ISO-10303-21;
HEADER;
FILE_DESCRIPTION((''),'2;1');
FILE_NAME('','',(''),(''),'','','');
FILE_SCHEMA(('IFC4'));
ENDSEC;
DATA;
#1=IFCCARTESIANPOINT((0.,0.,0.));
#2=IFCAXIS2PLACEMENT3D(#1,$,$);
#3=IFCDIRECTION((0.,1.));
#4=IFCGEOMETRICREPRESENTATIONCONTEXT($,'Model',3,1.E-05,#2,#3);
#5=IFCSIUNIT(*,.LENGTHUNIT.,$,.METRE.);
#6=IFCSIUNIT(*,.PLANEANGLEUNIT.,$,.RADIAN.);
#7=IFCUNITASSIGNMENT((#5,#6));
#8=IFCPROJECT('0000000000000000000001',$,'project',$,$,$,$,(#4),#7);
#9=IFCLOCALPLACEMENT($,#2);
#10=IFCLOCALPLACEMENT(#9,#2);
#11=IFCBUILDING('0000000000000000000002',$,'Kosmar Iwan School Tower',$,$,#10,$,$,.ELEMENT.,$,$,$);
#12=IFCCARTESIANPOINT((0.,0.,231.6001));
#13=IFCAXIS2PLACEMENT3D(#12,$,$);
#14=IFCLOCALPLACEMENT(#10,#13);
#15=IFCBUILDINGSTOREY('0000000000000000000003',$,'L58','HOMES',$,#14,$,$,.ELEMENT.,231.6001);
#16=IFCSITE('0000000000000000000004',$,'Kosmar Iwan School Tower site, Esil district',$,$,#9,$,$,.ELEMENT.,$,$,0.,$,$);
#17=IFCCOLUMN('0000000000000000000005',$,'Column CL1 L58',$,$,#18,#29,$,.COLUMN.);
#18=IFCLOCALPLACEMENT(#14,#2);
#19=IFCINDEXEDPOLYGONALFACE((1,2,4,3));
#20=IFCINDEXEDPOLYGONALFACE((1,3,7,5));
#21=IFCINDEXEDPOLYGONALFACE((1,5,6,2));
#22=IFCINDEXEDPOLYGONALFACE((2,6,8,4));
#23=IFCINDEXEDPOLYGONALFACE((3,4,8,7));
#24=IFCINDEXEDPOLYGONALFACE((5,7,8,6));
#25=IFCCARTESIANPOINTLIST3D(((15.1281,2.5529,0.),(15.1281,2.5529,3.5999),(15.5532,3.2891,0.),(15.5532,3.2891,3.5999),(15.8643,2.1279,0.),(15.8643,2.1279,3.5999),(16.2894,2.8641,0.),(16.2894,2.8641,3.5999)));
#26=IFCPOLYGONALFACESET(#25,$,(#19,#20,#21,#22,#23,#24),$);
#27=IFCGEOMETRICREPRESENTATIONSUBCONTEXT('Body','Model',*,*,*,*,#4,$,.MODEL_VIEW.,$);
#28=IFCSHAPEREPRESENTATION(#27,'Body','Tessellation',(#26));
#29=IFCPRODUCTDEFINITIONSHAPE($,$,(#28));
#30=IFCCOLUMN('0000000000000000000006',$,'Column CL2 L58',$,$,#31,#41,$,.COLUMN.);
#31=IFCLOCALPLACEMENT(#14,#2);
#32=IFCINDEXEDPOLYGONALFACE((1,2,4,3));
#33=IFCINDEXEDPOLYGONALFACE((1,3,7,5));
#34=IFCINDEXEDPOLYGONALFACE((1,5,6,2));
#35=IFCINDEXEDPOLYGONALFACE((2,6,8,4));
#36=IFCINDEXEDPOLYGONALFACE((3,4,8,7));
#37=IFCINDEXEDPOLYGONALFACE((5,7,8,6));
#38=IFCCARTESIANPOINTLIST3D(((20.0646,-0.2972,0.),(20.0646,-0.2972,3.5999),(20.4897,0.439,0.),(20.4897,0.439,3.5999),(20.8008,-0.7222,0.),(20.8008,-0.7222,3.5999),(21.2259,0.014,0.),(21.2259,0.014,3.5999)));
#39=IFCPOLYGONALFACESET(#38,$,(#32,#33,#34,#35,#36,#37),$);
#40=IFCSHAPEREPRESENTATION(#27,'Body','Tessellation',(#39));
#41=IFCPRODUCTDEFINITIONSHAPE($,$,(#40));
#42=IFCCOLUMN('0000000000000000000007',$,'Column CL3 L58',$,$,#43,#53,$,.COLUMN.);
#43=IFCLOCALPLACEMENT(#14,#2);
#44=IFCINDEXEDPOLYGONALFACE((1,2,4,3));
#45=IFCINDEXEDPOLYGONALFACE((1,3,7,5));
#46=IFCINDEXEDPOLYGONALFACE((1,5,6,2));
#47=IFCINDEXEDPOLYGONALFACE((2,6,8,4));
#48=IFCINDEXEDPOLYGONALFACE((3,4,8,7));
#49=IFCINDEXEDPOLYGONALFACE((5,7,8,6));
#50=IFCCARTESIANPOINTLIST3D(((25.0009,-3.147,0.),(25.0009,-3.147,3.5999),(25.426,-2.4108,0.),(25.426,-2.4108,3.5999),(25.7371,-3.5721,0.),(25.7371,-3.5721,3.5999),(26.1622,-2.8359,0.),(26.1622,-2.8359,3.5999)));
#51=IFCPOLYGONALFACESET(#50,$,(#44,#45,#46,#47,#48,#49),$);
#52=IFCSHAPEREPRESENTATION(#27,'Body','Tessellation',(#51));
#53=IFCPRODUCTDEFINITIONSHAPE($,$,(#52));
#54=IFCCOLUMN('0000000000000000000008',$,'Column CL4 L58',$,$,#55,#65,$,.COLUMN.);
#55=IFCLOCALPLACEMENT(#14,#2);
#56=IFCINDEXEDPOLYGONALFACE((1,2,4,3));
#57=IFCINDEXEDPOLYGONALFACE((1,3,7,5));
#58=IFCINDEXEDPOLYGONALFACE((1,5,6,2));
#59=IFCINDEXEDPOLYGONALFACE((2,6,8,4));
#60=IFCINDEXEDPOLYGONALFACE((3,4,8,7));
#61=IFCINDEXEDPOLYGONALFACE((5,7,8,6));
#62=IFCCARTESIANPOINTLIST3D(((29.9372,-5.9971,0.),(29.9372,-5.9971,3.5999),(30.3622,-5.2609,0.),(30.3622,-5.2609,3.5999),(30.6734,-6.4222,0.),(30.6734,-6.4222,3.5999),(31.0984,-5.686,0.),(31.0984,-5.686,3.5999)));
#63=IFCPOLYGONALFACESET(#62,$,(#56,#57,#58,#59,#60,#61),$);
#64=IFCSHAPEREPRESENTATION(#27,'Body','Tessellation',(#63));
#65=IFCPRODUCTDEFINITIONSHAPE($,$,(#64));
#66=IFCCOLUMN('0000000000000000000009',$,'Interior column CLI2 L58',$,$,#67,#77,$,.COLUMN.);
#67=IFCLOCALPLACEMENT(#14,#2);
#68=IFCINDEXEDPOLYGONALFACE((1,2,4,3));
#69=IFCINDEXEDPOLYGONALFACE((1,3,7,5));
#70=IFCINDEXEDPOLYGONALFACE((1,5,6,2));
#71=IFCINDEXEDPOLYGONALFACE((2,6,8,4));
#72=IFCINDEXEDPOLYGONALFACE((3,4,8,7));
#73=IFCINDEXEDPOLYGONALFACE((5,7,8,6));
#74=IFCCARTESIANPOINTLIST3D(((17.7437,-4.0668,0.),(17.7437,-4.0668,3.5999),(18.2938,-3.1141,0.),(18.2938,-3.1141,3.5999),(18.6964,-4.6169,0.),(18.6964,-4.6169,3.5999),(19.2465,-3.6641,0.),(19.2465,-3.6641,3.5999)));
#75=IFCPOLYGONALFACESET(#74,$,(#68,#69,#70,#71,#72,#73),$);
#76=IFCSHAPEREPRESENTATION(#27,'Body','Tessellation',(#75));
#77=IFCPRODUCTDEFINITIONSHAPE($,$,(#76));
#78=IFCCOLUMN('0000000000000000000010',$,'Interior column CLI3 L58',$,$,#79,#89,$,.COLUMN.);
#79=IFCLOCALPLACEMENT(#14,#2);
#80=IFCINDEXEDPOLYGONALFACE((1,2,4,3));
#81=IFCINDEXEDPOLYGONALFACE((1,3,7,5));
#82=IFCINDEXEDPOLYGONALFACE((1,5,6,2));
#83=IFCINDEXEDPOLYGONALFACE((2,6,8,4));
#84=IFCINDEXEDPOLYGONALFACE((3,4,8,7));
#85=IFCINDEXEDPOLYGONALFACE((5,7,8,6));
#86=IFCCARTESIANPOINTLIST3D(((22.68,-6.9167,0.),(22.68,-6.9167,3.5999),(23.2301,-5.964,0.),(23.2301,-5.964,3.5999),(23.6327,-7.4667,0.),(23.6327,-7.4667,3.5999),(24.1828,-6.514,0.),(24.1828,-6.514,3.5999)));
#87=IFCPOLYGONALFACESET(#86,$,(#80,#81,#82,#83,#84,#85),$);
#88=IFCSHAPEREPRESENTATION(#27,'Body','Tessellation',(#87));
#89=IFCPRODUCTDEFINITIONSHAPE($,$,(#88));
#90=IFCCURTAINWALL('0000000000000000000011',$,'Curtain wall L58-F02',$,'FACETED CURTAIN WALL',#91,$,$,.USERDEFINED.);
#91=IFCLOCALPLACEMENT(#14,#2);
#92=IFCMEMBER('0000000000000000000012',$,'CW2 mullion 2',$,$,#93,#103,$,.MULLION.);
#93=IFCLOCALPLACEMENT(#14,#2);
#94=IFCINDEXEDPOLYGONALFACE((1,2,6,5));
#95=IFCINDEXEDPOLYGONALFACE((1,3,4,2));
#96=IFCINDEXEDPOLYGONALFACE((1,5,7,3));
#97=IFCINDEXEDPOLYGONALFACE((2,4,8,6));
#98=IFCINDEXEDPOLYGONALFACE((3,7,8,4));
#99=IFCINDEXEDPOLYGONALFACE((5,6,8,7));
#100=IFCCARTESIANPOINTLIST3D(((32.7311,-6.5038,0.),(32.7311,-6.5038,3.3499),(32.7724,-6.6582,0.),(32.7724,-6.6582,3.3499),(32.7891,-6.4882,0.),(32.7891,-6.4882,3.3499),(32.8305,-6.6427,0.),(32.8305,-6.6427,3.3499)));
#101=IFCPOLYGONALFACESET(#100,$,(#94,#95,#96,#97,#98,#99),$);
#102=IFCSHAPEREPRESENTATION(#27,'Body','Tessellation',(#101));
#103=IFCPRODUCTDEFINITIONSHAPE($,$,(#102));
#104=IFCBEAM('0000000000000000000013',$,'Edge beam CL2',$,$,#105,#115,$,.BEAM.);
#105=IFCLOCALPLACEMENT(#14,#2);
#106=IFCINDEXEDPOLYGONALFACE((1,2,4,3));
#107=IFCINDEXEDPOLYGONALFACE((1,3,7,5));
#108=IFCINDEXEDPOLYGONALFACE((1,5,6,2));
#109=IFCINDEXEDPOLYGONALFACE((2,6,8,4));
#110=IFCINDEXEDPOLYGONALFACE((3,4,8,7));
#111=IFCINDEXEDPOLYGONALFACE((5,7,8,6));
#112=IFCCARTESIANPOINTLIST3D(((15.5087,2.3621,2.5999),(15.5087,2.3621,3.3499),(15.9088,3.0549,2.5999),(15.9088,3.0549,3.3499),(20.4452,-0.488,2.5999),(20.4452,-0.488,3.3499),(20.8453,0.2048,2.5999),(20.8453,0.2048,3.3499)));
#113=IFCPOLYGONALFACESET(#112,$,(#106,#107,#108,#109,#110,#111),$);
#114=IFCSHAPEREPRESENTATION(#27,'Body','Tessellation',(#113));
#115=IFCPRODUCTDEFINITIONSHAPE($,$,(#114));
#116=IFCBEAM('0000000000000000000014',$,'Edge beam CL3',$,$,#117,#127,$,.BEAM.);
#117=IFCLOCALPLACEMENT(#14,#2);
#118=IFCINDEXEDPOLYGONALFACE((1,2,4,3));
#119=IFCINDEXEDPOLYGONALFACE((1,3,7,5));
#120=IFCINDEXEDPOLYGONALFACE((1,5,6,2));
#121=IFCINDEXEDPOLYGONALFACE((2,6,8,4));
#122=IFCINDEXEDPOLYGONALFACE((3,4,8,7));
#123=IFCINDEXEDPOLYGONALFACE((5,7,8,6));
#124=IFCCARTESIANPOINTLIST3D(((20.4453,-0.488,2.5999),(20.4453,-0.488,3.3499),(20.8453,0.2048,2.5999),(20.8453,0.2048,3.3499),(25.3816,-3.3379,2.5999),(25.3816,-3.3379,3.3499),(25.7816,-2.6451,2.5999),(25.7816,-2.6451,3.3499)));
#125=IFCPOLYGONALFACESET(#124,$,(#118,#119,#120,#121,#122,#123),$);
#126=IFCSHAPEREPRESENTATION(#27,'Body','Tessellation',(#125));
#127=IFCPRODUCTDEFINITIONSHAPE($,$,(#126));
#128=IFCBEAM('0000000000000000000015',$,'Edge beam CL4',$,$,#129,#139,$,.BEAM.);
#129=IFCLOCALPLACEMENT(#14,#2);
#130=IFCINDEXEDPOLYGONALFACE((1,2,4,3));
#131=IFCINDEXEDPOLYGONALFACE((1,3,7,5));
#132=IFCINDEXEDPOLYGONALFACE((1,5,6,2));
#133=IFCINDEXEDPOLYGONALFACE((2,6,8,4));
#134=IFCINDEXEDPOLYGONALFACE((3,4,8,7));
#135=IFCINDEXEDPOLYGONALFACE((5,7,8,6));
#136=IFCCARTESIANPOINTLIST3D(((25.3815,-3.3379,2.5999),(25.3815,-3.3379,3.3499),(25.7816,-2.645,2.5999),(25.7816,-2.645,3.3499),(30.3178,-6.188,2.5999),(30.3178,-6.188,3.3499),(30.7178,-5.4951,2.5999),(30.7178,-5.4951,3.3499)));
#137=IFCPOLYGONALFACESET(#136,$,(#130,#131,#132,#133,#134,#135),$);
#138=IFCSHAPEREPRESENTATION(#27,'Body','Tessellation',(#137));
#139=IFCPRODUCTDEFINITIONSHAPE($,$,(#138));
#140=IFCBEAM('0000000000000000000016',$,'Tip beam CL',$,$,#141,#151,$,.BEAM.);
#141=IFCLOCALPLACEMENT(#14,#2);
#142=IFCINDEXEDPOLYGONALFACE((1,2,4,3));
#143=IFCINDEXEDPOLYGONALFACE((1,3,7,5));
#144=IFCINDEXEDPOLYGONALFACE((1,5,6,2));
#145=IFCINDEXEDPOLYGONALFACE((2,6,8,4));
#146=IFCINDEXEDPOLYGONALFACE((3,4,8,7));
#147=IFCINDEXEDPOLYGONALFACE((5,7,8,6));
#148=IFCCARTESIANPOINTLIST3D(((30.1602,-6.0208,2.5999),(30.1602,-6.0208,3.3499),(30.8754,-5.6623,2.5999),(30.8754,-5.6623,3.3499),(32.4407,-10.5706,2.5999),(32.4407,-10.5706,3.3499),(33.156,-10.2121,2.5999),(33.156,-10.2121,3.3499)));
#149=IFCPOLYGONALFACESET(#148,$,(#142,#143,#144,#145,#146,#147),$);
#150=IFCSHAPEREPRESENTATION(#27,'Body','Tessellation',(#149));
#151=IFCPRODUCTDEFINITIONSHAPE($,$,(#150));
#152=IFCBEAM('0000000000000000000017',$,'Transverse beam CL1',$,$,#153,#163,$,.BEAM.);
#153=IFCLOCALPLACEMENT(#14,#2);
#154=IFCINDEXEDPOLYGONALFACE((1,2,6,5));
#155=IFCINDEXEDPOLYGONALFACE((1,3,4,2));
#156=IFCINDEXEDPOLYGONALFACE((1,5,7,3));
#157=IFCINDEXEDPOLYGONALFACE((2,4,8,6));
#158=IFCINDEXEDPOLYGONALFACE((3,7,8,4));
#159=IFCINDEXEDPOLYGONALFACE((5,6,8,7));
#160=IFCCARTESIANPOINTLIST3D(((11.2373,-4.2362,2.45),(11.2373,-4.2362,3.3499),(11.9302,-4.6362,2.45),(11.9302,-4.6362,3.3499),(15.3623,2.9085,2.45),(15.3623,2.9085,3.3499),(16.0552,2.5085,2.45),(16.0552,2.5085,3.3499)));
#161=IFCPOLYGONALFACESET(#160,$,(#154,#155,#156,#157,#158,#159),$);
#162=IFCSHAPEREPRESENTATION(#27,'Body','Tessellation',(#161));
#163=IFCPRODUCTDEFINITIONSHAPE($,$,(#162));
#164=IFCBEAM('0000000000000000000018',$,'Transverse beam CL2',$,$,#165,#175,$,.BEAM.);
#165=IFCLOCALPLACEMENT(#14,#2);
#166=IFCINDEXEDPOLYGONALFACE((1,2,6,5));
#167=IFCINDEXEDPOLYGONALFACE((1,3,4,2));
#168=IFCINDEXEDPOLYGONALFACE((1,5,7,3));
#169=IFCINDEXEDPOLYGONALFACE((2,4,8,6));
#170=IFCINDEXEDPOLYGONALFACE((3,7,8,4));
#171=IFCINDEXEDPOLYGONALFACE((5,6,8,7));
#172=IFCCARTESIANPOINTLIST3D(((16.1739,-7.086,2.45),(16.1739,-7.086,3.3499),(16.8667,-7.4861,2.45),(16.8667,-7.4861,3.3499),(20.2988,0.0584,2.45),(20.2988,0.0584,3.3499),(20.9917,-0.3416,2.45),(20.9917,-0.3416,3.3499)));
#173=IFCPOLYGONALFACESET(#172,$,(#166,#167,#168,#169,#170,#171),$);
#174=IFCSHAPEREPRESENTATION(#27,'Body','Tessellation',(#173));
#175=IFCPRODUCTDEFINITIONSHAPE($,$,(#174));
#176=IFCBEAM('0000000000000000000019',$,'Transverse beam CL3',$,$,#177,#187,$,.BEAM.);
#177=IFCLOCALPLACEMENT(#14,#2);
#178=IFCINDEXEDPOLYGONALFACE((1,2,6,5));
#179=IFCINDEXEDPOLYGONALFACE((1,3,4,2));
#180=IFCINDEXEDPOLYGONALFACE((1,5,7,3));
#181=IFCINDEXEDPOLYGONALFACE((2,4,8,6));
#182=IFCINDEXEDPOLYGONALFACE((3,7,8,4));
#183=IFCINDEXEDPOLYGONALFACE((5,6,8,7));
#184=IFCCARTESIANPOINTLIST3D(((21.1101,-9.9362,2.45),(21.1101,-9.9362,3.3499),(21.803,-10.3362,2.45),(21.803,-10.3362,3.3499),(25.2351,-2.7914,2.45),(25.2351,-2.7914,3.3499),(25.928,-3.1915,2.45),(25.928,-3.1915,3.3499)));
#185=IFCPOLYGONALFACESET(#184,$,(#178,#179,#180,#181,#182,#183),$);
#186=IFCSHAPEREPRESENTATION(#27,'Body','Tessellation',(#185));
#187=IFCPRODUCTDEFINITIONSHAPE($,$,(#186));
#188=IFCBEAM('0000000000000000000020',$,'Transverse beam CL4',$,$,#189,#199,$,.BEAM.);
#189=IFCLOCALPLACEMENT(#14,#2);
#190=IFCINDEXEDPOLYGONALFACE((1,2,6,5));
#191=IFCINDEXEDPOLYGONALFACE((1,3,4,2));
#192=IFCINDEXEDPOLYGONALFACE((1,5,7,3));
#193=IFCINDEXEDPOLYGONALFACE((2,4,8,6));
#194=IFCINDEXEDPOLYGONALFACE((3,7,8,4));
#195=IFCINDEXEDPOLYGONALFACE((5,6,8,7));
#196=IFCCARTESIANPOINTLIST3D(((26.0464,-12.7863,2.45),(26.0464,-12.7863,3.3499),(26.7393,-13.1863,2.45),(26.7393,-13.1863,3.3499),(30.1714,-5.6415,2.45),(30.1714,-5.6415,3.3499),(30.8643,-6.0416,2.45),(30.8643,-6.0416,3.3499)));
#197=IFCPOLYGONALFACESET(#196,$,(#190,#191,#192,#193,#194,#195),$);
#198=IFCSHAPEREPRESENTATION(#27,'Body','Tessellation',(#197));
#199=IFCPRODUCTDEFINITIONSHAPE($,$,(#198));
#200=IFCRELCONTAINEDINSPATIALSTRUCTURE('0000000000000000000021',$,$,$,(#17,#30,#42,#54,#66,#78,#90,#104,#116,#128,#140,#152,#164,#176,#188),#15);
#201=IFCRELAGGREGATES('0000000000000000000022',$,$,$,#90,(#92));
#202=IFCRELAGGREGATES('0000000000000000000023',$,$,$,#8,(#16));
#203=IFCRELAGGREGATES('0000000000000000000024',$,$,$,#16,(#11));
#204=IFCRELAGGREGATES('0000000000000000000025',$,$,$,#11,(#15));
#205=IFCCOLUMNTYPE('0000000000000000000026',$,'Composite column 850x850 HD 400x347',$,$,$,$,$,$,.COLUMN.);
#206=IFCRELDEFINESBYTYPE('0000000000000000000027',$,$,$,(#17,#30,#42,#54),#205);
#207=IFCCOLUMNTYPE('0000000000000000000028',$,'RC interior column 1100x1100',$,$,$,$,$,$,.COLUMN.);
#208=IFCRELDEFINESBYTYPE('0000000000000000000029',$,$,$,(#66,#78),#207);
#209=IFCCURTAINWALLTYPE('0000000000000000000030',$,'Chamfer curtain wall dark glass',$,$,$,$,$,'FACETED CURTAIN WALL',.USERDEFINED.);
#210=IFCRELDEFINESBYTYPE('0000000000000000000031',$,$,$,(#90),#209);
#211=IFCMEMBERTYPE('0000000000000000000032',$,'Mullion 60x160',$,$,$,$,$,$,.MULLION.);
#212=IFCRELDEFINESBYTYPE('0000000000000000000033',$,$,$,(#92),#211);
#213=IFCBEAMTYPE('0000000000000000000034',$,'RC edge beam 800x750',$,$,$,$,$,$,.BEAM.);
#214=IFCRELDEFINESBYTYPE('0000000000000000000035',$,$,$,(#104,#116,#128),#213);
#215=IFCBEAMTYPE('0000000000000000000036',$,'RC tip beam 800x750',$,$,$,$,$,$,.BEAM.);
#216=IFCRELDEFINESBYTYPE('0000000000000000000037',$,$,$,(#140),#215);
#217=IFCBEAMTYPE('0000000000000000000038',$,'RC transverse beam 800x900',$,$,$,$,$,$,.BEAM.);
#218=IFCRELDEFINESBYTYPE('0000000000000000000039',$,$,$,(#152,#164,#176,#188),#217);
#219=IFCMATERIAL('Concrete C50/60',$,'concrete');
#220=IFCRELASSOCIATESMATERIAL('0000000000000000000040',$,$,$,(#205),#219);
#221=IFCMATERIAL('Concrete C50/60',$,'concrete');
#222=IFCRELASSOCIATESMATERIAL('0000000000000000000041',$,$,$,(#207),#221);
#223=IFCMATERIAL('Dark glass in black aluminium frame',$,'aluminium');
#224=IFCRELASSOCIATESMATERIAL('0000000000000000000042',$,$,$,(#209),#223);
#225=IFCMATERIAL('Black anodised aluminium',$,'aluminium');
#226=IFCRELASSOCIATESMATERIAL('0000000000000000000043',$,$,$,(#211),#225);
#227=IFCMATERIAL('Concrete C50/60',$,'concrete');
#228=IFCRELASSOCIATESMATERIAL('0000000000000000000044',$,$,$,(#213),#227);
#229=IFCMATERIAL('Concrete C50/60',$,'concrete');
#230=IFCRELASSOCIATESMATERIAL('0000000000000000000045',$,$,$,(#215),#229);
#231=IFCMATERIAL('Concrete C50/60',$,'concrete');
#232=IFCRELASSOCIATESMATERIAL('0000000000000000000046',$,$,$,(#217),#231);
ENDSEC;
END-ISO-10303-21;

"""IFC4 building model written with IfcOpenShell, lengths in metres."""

from ifc_helpers import new_model, si_unit, direction, frame, origin, origin_2d, place, context, subcontext, project, spatial, rectangle, extrude, material, material_profile, profile_set, type_object, element, aggregate, save


model = new_model("IFC4")

# Units and contexts
model_context = context("Model", 3, precision=1e-05, world=origin(), true_north=direction((0.0, 1.0)))
body_context = subcontext(model_context, "Body", "Model", "MODEL_VIEW")
ifc_project = project(units=[si_unit("LENGTHUNIT", "METRE"), si_unit("PLANEANGLEUNIT", "RADIAN")], contexts=[model_context])

# Site, building, storey
site_placement = place(None, origin())
site = spatial("IfcSite", under=ifc_project, at=site_placement, Name="Kosmar Iwan School Tower site, Esil district", CompositionType="ELEMENT", RefElevation=0.0)
building_placement = place(site_placement, origin())
building = spatial("IfcBuilding", under=site, at=building_placement, Name="Kosmar Iwan School Tower", CompositionType="ELEMENT")
storey_placement = place(building_placement, frame((0.0, 0.0, 231.6001)))
storey = spatial("IfcBuildingStorey", under=building, at=storey_placement, Name="L58", Description="HOMES", CompositionType="ELEMENT", Elevation=231.6001)

# Columns
ifc_material_1 = material(Name="Concrete C50/60", Category="concrete")
ifc_material_profile_1 = material_profile(ifc_material_1, rectangle(XDim=0.8501, YDim=0.8501, at=origin_2d()), Name="RC 850x850 + HD 400x347")
ifc_profile_set_1 = profile_set([ifc_material_profile_1], Name="Concrete C50/60")
column_type_1 = type_object("IfcColumnType", Name="Composite column 850x850 HD 400x347", PredefinedType="COLUMN", material=ifc_profile_set_1)
for number, where, z_axis, x_axis, name in (
    (1, (15.7087, 2.7085, 0.0), (0.0, 0.0, 1.0), (0.866025, -0.5, 0.0), "Column CL1 L58"),
    (2, (20.6453, -0.1416, 0.0), (0.0, 0.0, 1.0), (0.866025, -0.5, 0.0), "Column CL2 L58"),
    (3, (25.5815, -2.9915, 0.0), (0.0, 0.0, 1.0), (0.866025, -0.5, 0.0), "Column CL3 L58"),
    (4, (30.5178, -5.8416, 0.0), (0.0, 0.0, 1.0), (0.866025, -0.5, 0.0), "Column CL4 L58"),
):
    element("IfcColumn", number, at=place(storey_placement, frame(where, z_axis=z_axis, x_axis=x_axis)), inside=storey, type_object=column_type_1, Name=name, PredefinedType="COLUMN", context=body_context, shape_type="SweptSolid", body=[
        extrude(rectangle(XDim=0.8501, YDim=0.8501, at=origin_2d()), origin(), (0.0, 0.0, 1.0), 3.5999),
    ])
ifc_material_2 = material(Name="Concrete C50/60", Category="concrete")
ifc_material_profile_2 = material_profile(ifc_material_2, rectangle(XDim=1.1001, YDim=1.1001, at=origin_2d()), Name="RC 1100x1100")
ifc_profile_set_2 = profile_set([ifc_material_profile_2], Name="Concrete C50/60")
column_type_2 = type_object("IfcColumnType", Name="RC interior column 1100x1100", PredefinedType="COLUMN", material=ifc_profile_set_2)
for number, where, z_axis, x_axis, name in (
    (5, (18.4951, -3.8655, 0.0), (0.0, 0.0, 1.0), (0.866025, -0.5, 0.0), "Interior column CLI2 L58"),
    (6, (23.4314, -6.7153, 0.0), (0.0, 0.0, 1.0), (0.866025, -0.5, 0.0), "Interior column CLI3 L58"),
):
    element("IfcColumn", number, at=place(storey_placement, frame(where, z_axis=z_axis, x_axis=x_axis)), inside=storey, type_object=column_type_2, Name=name, PredefinedType="COLUMN", context=body_context, shape_type="SweptSolid", body=[
        extrude(rectangle(XDim=1.1001, YDim=1.1001, at=origin_2d()), origin(), (0.0, 0.0, 1.0), 3.5999),
    ])

# Curtain wall, member
ifc_material_3 = material(Name="Dark glass in black aluminium frame", Category="aluminium")
curtain_wall_type = type_object("IfcCurtainWallType", Name="Chamfer curtain wall dark glass", ElementType="FACETED CURTAIN WALL", PredefinedType="USERDEFINED", material=ifc_material_3)
curtain_wall_placement = place(storey_placement, origin())
curtain_wall = element("IfcCurtainWall", 7, at=curtain_wall_placement, inside=storey, type_object=curtain_wall_type, Name="Curtain wall L58-F02", ObjectType="FACETED CURTAIN WALL", PredefinedType="USERDEFINED")
ifc_material_4 = material(Name="Black anodised aluminium", Category="aluminium")
ifc_material_profile_3 = material_profile(ifc_material_4, rectangle(XDim=0.0601, YDim=0.1599, at=origin_2d()), Name="MULLION 60x160")
ifc_profile_set_3 = profile_set([ifc_material_profile_3], Name="Black anodised aluminium")
member_type = type_object("IfcMemberType", Name="Mullion 60x160", PredefinedType="MULLION", material=ifc_profile_set_3)
member_placement = place(storey_placement, frame((32.7808, -6.5732, 0.0), z_axis=(0.0, 0.0, 1.0), x_axis=(-0.965926, -0.258819, 0.0)))
member = element("IfcMember", 8, at=member_placement, type_object=member_type, Name="CW2 mullion 2", PredefinedType="MULLION", context=body_context, shape_type="SweptSolid", body=[
    extrude(rectangle(XDim=0.0601, YDim=0.1599, at=origin_2d()), origin(), (0.0, 0.0, 1.0), 3.3499),
])

# Beams
ifc_material_5 = material(Name="Concrete C50/60", Category="concrete")
ifc_material_profile_4 = material_profile(ifc_material_5, rectangle(XDim=0.8, YDim=0.75, at=origin_2d()), Name="RC 800x750")
ifc_profile_set_4 = profile_set([ifc_material_profile_4], Name="Concrete C50/60")
beam_type_1 = type_object("IfcBeamType", Name="RC edge beam 800x750", PredefinedType="BEAM", material=ifc_profile_set_4)
beam_1_placement = place(storey_placement, frame((15.7087, 2.7085, 2.9749), z_axis=(0.866026, -0.499999, 0.0), x_axis=(0.499999, 0.866026, 0.0)))
element("IfcBeam", 9, at=beam_1_placement, inside=storey, type_object=beam_type_1, Name="Edge beam CL2", PredefinedType="BEAM", context=body_context, shape_type="SweptSolid", body=[
    extrude(rectangle(XDim=0.8, YDim=0.75, at=origin_2d()), origin(), (0.0, 0.0, 1.0), 5.7002),
])
for number, where, z_axis, x_axis, name in (
    (10, (20.6453, -0.1416, 2.9749), (0.866034, -0.499986, 0.0), (0.499986, 0.866034, 0.0), "Edge beam CL3"),
    (11, (25.5815, -2.9915, 2.9749), (0.866015, -0.500018, 0.0), (0.500018, 0.866015, 0.0), "Edge beam CL4"),
):
    element("IfcBeam", number, at=place(storey_placement, frame(where, z_axis=z_axis, x_axis=x_axis)), inside=storey, type_object=beam_type_1, Name=name, PredefinedType="BEAM", context=body_context, shape_type="SweptSolid", body=[
        extrude(rectangle(XDim=0.8, YDim=0.75, at=origin_2d()), origin(), (0.0, 0.0, 1.0), 5.7),
    ])
ifc_material_6 = material(Name="Concrete C50/60", Category="concrete")
ifc_material_profile_5 = material_profile(ifc_material_6, rectangle(XDim=0.8, YDim=0.75, at=origin_2d()), Name="RC 800x750")
ifc_profile_set_5 = profile_set([ifc_material_profile_5], Name="Concrete C50/60")
beam_type_2 = type_object("IfcBeamType", Name="RC tip beam 800x750", PredefinedType="BEAM", material=ifc_profile_set_5)
beam_2_placement = place(storey_placement, frame((30.5178, -5.8416, 2.9749), z_axis=(0.448096, -0.893985, 0.0), x_axis=(0.893985, 0.448096, 0.0)))
element("IfcBeam", 12, at=beam_2_placement, inside=storey, type_object=beam_type_2, Name="Tip beam CL", PredefinedType="BEAM", context=body_context, shape_type="SweptSolid", body=[
    extrude(rectangle(XDim=0.8, YDim=0.75, at=origin_2d()), origin(), (0.0, 0.0, 1.0), 5.0894),
])
ifc_material_7 = material(Name="Concrete C50/60", Category="concrete")
ifc_material_profile_6 = material_profile(ifc_material_7, rectangle(XDim=0.8, YDim=0.8999, at=origin_2d()), Name="RC 800x900")
ifc_profile_set_6 = profile_set([ifc_material_profile_6], Name="Concrete C50/60")
beam_type_3 = type_object("IfcBeamType", Name="RC transverse beam 800x900", PredefinedType="BEAM", material=ifc_profile_set_6)
beam_3_placement = place(storey_placement, frame((15.7087, 2.7085, 2.8999), z_axis=(-0.499997, -0.866027, 0.0), x_axis=(0.866027, -0.499997, 0.0)))
element("IfcBeam", 13, at=beam_3_placement, inside=storey, type_object=beam_type_3, Name="Transverse beam CL1", PredefinedType="BEAM", context=body_context, shape_type="SweptSolid", body=[
    extrude(rectangle(XDim=0.8, YDim=0.8999, at=origin_2d()), origin(), (0.0, 0.0, 1.0), 8.25),
])
beam_4_placement = place(storey_placement, frame((20.6453, -0.1416, 2.8999), z_axis=(-0.500009, -0.86602, 0.0), x_axis=(0.86602, -0.500009, 0.0)))
element("IfcBeam", 14, at=beam_4_placement, inside=storey, type_object=beam_type_3, Name="Transverse beam CL2", PredefinedType="BEAM", context=body_context, shape_type="SweptSolid", body=[
    extrude(rectangle(XDim=0.8, YDim=0.8999, at=origin_2d()), origin(), (0.0, 0.0, 1.0), 8.2498),
])
for number, where, z_axis, x_axis, name in (
    (15, (25.5815, -2.9915, 2.8999), (-0.499997, -0.866027, 0.0), (0.866027, -0.499997, 0.0), "Transverse beam CL3"),
    (16, (30.5178, -5.8416, 2.8999), (-0.499997, -0.866027, 0.0), (0.866027, -0.499997, 0.0), "Transverse beam CL4"),
):
    element("IfcBeam", number, at=place(storey_placement, frame(where, z_axis=z_axis, x_axis=x_axis)), inside=storey, type_object=beam_type_3, Name=name, PredefinedType="BEAM", context=body_context, shape_type="SweptSolid", body=[
        extrude(rectangle(XDim=0.8, YDim=0.8999, at=origin_2d()), origin(), (0.0, 0.0, 1.0), 8.25),
    ])

aggregate(curtain_wall, [member])

save(model, "model.ifc")
